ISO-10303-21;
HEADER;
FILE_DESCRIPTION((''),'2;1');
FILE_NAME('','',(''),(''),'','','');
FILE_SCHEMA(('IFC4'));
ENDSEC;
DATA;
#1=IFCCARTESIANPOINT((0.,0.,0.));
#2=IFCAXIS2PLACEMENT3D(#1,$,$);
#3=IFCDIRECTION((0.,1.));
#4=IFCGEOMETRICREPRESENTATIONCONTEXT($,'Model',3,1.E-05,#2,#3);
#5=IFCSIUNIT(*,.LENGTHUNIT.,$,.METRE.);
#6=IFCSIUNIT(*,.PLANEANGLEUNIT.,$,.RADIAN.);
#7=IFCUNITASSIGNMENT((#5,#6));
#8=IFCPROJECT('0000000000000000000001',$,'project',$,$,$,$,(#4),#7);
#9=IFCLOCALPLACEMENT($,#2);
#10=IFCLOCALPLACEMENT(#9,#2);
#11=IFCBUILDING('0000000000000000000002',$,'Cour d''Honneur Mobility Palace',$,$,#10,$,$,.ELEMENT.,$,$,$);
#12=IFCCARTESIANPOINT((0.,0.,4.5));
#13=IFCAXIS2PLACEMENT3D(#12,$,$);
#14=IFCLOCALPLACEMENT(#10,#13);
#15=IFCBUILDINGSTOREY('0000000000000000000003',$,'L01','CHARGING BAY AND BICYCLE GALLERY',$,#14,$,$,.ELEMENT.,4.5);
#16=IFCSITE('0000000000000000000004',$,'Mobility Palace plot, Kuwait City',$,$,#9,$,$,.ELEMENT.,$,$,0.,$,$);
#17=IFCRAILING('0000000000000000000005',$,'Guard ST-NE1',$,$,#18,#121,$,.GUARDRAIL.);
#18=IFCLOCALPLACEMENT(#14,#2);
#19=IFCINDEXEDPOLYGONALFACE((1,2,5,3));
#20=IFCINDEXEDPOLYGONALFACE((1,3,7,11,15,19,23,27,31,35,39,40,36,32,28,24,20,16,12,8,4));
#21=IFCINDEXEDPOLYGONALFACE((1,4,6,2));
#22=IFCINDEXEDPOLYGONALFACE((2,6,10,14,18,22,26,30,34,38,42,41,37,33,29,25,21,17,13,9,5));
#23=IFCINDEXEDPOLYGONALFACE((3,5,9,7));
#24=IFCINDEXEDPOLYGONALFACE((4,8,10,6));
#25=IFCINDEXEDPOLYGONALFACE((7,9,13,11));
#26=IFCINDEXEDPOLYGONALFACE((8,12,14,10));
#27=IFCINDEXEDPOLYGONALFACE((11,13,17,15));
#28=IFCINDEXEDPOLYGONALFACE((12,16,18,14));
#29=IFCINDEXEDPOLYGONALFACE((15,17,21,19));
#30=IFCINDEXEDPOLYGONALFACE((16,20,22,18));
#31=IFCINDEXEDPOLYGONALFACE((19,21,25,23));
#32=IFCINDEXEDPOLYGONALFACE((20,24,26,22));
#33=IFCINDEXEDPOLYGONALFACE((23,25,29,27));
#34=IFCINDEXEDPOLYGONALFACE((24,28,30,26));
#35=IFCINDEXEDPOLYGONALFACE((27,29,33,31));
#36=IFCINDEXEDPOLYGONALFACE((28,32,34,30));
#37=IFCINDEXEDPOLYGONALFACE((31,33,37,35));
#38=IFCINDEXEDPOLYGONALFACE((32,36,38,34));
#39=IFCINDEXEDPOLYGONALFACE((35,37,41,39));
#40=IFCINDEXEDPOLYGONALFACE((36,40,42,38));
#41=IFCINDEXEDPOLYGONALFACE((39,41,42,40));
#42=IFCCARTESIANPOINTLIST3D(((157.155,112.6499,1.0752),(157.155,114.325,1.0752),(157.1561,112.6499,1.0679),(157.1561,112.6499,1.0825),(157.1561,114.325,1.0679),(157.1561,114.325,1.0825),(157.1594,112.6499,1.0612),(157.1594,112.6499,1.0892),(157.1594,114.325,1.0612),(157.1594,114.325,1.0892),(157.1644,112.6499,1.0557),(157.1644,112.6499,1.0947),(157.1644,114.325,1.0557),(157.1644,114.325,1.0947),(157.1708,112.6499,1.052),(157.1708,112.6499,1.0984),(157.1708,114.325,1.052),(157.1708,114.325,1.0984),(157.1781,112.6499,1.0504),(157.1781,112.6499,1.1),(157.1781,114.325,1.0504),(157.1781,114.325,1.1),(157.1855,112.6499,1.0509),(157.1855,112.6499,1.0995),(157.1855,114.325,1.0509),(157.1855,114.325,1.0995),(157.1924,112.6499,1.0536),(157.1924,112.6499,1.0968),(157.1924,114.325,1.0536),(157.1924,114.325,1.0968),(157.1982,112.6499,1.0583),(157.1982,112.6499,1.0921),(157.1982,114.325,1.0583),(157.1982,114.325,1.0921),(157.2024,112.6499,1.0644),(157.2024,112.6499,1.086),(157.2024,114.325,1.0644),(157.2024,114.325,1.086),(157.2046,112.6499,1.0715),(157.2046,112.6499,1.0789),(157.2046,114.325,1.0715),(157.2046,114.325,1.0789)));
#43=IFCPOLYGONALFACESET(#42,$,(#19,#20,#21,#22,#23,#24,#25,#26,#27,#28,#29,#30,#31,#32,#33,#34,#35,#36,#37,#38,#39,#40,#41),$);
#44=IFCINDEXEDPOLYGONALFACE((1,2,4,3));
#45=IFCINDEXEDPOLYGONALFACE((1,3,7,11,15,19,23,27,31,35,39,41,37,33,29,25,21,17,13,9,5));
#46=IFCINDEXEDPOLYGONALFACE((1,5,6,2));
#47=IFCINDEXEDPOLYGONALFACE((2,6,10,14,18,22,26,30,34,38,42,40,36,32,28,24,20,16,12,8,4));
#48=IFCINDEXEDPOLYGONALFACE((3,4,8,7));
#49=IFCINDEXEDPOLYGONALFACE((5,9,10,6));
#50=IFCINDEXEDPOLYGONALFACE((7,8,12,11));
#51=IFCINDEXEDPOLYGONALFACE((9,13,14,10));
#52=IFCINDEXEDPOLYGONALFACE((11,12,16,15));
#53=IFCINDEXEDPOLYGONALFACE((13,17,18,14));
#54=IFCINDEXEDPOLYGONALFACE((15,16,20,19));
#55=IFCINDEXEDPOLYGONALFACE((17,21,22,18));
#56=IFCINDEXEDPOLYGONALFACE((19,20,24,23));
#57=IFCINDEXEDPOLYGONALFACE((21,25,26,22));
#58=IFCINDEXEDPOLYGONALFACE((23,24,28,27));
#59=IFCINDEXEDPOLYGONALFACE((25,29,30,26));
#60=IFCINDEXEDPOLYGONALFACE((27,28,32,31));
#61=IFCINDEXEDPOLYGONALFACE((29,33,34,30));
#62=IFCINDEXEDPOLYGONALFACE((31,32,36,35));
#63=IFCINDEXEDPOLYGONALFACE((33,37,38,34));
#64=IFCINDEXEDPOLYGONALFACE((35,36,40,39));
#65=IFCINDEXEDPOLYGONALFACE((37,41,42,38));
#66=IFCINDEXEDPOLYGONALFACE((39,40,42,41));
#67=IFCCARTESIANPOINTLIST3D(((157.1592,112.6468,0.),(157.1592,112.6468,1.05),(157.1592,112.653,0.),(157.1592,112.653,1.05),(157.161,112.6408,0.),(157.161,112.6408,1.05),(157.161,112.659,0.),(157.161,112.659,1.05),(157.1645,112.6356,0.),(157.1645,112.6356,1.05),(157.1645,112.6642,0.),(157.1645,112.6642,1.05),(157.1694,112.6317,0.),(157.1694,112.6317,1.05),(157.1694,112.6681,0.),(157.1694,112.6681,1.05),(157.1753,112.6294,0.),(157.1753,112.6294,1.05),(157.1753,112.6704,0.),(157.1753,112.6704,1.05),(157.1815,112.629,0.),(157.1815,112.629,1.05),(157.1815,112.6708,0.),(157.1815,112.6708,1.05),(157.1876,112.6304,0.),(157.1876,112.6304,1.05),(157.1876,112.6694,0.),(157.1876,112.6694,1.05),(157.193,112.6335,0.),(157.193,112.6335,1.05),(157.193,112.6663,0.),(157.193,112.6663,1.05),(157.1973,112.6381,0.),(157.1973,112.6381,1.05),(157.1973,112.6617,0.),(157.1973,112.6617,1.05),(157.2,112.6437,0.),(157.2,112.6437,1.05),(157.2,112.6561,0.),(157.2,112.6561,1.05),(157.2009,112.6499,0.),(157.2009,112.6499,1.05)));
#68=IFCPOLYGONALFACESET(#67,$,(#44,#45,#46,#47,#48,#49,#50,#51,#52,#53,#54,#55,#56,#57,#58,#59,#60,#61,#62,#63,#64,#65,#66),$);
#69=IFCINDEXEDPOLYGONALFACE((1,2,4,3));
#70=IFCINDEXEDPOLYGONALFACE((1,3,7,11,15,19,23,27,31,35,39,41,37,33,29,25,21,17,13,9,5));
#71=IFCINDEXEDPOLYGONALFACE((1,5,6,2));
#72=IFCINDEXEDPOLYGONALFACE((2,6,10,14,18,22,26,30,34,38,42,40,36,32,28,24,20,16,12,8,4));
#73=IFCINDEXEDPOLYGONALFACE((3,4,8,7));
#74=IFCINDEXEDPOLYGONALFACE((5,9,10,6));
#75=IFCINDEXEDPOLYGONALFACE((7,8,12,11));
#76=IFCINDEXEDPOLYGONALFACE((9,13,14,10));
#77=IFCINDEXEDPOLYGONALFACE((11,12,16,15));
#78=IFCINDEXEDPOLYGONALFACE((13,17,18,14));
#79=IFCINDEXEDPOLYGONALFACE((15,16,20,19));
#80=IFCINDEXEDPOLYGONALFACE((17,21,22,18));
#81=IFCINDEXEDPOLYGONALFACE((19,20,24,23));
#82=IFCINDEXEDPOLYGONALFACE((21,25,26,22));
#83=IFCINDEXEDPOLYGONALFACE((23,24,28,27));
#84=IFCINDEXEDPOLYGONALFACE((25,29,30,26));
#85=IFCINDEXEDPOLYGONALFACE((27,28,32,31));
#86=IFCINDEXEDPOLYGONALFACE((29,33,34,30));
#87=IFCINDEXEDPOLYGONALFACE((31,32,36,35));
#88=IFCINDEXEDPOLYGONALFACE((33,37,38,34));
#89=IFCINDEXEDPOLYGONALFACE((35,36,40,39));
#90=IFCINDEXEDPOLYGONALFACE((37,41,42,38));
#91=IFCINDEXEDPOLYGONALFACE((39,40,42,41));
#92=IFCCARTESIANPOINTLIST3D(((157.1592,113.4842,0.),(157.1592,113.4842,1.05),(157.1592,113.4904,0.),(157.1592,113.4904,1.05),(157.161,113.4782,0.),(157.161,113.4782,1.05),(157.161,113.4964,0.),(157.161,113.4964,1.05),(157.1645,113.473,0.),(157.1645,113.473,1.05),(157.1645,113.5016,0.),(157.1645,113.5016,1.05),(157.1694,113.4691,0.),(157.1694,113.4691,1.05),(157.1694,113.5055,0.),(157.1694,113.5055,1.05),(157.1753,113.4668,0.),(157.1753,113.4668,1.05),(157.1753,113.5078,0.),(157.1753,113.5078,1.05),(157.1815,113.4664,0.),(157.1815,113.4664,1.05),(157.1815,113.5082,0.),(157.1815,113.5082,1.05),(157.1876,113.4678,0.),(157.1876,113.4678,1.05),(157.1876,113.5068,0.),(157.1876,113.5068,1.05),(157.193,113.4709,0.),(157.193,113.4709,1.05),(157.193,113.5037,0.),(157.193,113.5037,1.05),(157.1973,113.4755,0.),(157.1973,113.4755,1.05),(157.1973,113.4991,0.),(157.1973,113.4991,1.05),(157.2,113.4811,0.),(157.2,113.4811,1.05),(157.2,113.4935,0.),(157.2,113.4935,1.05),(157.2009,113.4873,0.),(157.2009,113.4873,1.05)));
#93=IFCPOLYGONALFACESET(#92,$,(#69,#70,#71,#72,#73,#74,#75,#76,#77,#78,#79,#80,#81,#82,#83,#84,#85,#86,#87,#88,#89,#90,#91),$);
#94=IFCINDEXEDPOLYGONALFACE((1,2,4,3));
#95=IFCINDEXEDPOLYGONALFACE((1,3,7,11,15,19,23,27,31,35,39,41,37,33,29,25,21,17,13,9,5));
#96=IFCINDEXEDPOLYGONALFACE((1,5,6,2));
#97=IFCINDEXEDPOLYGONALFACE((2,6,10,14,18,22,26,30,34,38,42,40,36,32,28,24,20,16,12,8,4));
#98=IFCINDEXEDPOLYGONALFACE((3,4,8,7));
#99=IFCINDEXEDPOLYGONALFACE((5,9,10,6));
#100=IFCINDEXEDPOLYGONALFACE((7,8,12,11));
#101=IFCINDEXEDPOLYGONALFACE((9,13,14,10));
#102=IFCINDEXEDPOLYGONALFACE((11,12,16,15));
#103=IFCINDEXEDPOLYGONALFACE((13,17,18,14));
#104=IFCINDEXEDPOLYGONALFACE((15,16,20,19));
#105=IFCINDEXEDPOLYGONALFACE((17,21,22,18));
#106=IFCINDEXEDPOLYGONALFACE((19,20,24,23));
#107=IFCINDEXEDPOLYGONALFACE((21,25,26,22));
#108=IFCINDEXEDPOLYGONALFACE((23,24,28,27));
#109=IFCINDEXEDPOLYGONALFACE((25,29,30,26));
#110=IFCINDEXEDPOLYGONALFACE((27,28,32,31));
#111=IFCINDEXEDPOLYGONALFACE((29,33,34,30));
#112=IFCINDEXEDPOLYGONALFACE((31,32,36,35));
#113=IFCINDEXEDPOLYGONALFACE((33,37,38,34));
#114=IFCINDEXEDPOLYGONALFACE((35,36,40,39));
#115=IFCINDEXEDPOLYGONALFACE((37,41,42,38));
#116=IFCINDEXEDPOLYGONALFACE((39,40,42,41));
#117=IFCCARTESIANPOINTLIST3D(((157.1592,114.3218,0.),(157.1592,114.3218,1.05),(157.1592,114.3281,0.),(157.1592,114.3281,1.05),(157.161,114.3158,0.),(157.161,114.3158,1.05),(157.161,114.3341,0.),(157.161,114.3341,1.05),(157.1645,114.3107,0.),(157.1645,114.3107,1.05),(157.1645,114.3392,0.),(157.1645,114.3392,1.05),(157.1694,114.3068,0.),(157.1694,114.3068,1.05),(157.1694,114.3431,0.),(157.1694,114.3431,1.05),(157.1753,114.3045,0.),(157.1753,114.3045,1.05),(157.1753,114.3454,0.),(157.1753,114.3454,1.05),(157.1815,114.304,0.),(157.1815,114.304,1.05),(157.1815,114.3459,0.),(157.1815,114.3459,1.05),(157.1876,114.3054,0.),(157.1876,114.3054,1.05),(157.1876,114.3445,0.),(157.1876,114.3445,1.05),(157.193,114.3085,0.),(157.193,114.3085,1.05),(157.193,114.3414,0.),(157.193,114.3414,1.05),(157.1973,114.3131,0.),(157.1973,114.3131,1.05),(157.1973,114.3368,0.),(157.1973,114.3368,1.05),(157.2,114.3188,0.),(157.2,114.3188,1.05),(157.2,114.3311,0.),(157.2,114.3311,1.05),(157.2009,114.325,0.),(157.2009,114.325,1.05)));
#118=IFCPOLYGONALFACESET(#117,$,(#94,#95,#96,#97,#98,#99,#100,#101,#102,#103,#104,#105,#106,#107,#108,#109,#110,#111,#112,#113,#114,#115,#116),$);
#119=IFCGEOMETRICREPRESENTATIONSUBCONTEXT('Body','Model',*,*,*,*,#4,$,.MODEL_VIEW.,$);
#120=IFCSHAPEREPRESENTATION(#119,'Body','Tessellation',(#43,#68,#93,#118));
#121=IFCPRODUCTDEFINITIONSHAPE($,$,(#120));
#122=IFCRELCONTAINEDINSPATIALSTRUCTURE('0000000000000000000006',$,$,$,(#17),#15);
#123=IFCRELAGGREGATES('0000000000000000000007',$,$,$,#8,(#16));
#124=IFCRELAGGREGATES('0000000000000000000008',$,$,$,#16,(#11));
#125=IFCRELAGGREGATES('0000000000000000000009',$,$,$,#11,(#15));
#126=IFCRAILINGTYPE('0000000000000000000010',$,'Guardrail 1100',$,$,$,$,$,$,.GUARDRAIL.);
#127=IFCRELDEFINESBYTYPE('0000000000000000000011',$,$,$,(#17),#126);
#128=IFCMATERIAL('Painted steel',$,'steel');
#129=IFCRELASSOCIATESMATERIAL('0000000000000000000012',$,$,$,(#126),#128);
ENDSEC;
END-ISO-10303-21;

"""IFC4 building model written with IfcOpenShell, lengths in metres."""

from ifc_helpers import new_model, si_unit, direction, frame, origin, origin_2d, place, context, subcontext, project, spatial, circle, extrude, material, type_object, element, save


model = new_model("IFC4")

# Units and contexts
model_context = context("Model", 3, precision=1e-05, world=origin(), true_north=direction((0.0, 1.0)))
body_context = subcontext(model_context, "Body", "Model", "MODEL_VIEW")
ifc_project = project(units=[si_unit("LENGTHUNIT", "METRE"), si_unit("PLANEANGLEUNIT", "RADIAN")], contexts=[model_context])

# Site, building, storey
site_placement = place(None, origin())
site = spatial("IfcSite", under=ifc_project, at=site_placement, Name="Mobility Palace plot, Kuwait City", CompositionType="ELEMENT", RefElevation=0.0)
building_placement = place(site_placement, origin())
building = spatial("IfcBuilding", under=site, at=building_placement, Name="Cour d'Honneur Mobility Palace", CompositionType="ELEMENT")
storey_placement = place(building_placement, frame((0.0, 0.0, 4.5)))
storey = spatial("IfcBuildingStorey", under=building, at=storey_placement, Name="L01", Description="CHARGING BAY AND BICYCLE GALLERY", CompositionType="ELEMENT", Elevation=4.5)

# Railing
ifc_material_1 = material(Name="Painted steel", Category="steel")
railing_type_1 = type_object("IfcRailingType", Name="Guardrail 1100", PredefinedType="GUARDRAIL", material=ifc_material_1)
railing_1_placement = place(storey_placement, frame((157.1799, 112.6499, 0.0)))
element("IfcRailing", 1, at=railing_1_placement, inside=storey, type_object=railing_type_1, Name="Guard ST-NE1", PredefinedType="GUARDRAIL", context=body_context, shape_type="SweptSolid", body=[
    extrude(circle(Radius=0.0249, at=origin_2d()), frame((0.0, 0.0, 1.0752), z_axis=(0.0, 1.0, 0.0), x_axis=(-1.0, 0.0, 0.0)), (0.0, 0.0, 1.0), 1.675),
    extrude(circle(Radius=0.021, at=origin_2d()), origin(), (0.0, 0.0, 1.0), 1.05),
    extrude(circle(Radius=0.021, at=origin_2d()), frame((0.0, 0.8374, 0.0)), (0.0, 0.0, 1.0), 1.05),
    extrude(circle(Radius=0.021, at=origin_2d()), frame((0.0, 1.675, 0.0)), (0.0, 0.0, 1.0), 1.05),
])

save(model, "model.ifc")
